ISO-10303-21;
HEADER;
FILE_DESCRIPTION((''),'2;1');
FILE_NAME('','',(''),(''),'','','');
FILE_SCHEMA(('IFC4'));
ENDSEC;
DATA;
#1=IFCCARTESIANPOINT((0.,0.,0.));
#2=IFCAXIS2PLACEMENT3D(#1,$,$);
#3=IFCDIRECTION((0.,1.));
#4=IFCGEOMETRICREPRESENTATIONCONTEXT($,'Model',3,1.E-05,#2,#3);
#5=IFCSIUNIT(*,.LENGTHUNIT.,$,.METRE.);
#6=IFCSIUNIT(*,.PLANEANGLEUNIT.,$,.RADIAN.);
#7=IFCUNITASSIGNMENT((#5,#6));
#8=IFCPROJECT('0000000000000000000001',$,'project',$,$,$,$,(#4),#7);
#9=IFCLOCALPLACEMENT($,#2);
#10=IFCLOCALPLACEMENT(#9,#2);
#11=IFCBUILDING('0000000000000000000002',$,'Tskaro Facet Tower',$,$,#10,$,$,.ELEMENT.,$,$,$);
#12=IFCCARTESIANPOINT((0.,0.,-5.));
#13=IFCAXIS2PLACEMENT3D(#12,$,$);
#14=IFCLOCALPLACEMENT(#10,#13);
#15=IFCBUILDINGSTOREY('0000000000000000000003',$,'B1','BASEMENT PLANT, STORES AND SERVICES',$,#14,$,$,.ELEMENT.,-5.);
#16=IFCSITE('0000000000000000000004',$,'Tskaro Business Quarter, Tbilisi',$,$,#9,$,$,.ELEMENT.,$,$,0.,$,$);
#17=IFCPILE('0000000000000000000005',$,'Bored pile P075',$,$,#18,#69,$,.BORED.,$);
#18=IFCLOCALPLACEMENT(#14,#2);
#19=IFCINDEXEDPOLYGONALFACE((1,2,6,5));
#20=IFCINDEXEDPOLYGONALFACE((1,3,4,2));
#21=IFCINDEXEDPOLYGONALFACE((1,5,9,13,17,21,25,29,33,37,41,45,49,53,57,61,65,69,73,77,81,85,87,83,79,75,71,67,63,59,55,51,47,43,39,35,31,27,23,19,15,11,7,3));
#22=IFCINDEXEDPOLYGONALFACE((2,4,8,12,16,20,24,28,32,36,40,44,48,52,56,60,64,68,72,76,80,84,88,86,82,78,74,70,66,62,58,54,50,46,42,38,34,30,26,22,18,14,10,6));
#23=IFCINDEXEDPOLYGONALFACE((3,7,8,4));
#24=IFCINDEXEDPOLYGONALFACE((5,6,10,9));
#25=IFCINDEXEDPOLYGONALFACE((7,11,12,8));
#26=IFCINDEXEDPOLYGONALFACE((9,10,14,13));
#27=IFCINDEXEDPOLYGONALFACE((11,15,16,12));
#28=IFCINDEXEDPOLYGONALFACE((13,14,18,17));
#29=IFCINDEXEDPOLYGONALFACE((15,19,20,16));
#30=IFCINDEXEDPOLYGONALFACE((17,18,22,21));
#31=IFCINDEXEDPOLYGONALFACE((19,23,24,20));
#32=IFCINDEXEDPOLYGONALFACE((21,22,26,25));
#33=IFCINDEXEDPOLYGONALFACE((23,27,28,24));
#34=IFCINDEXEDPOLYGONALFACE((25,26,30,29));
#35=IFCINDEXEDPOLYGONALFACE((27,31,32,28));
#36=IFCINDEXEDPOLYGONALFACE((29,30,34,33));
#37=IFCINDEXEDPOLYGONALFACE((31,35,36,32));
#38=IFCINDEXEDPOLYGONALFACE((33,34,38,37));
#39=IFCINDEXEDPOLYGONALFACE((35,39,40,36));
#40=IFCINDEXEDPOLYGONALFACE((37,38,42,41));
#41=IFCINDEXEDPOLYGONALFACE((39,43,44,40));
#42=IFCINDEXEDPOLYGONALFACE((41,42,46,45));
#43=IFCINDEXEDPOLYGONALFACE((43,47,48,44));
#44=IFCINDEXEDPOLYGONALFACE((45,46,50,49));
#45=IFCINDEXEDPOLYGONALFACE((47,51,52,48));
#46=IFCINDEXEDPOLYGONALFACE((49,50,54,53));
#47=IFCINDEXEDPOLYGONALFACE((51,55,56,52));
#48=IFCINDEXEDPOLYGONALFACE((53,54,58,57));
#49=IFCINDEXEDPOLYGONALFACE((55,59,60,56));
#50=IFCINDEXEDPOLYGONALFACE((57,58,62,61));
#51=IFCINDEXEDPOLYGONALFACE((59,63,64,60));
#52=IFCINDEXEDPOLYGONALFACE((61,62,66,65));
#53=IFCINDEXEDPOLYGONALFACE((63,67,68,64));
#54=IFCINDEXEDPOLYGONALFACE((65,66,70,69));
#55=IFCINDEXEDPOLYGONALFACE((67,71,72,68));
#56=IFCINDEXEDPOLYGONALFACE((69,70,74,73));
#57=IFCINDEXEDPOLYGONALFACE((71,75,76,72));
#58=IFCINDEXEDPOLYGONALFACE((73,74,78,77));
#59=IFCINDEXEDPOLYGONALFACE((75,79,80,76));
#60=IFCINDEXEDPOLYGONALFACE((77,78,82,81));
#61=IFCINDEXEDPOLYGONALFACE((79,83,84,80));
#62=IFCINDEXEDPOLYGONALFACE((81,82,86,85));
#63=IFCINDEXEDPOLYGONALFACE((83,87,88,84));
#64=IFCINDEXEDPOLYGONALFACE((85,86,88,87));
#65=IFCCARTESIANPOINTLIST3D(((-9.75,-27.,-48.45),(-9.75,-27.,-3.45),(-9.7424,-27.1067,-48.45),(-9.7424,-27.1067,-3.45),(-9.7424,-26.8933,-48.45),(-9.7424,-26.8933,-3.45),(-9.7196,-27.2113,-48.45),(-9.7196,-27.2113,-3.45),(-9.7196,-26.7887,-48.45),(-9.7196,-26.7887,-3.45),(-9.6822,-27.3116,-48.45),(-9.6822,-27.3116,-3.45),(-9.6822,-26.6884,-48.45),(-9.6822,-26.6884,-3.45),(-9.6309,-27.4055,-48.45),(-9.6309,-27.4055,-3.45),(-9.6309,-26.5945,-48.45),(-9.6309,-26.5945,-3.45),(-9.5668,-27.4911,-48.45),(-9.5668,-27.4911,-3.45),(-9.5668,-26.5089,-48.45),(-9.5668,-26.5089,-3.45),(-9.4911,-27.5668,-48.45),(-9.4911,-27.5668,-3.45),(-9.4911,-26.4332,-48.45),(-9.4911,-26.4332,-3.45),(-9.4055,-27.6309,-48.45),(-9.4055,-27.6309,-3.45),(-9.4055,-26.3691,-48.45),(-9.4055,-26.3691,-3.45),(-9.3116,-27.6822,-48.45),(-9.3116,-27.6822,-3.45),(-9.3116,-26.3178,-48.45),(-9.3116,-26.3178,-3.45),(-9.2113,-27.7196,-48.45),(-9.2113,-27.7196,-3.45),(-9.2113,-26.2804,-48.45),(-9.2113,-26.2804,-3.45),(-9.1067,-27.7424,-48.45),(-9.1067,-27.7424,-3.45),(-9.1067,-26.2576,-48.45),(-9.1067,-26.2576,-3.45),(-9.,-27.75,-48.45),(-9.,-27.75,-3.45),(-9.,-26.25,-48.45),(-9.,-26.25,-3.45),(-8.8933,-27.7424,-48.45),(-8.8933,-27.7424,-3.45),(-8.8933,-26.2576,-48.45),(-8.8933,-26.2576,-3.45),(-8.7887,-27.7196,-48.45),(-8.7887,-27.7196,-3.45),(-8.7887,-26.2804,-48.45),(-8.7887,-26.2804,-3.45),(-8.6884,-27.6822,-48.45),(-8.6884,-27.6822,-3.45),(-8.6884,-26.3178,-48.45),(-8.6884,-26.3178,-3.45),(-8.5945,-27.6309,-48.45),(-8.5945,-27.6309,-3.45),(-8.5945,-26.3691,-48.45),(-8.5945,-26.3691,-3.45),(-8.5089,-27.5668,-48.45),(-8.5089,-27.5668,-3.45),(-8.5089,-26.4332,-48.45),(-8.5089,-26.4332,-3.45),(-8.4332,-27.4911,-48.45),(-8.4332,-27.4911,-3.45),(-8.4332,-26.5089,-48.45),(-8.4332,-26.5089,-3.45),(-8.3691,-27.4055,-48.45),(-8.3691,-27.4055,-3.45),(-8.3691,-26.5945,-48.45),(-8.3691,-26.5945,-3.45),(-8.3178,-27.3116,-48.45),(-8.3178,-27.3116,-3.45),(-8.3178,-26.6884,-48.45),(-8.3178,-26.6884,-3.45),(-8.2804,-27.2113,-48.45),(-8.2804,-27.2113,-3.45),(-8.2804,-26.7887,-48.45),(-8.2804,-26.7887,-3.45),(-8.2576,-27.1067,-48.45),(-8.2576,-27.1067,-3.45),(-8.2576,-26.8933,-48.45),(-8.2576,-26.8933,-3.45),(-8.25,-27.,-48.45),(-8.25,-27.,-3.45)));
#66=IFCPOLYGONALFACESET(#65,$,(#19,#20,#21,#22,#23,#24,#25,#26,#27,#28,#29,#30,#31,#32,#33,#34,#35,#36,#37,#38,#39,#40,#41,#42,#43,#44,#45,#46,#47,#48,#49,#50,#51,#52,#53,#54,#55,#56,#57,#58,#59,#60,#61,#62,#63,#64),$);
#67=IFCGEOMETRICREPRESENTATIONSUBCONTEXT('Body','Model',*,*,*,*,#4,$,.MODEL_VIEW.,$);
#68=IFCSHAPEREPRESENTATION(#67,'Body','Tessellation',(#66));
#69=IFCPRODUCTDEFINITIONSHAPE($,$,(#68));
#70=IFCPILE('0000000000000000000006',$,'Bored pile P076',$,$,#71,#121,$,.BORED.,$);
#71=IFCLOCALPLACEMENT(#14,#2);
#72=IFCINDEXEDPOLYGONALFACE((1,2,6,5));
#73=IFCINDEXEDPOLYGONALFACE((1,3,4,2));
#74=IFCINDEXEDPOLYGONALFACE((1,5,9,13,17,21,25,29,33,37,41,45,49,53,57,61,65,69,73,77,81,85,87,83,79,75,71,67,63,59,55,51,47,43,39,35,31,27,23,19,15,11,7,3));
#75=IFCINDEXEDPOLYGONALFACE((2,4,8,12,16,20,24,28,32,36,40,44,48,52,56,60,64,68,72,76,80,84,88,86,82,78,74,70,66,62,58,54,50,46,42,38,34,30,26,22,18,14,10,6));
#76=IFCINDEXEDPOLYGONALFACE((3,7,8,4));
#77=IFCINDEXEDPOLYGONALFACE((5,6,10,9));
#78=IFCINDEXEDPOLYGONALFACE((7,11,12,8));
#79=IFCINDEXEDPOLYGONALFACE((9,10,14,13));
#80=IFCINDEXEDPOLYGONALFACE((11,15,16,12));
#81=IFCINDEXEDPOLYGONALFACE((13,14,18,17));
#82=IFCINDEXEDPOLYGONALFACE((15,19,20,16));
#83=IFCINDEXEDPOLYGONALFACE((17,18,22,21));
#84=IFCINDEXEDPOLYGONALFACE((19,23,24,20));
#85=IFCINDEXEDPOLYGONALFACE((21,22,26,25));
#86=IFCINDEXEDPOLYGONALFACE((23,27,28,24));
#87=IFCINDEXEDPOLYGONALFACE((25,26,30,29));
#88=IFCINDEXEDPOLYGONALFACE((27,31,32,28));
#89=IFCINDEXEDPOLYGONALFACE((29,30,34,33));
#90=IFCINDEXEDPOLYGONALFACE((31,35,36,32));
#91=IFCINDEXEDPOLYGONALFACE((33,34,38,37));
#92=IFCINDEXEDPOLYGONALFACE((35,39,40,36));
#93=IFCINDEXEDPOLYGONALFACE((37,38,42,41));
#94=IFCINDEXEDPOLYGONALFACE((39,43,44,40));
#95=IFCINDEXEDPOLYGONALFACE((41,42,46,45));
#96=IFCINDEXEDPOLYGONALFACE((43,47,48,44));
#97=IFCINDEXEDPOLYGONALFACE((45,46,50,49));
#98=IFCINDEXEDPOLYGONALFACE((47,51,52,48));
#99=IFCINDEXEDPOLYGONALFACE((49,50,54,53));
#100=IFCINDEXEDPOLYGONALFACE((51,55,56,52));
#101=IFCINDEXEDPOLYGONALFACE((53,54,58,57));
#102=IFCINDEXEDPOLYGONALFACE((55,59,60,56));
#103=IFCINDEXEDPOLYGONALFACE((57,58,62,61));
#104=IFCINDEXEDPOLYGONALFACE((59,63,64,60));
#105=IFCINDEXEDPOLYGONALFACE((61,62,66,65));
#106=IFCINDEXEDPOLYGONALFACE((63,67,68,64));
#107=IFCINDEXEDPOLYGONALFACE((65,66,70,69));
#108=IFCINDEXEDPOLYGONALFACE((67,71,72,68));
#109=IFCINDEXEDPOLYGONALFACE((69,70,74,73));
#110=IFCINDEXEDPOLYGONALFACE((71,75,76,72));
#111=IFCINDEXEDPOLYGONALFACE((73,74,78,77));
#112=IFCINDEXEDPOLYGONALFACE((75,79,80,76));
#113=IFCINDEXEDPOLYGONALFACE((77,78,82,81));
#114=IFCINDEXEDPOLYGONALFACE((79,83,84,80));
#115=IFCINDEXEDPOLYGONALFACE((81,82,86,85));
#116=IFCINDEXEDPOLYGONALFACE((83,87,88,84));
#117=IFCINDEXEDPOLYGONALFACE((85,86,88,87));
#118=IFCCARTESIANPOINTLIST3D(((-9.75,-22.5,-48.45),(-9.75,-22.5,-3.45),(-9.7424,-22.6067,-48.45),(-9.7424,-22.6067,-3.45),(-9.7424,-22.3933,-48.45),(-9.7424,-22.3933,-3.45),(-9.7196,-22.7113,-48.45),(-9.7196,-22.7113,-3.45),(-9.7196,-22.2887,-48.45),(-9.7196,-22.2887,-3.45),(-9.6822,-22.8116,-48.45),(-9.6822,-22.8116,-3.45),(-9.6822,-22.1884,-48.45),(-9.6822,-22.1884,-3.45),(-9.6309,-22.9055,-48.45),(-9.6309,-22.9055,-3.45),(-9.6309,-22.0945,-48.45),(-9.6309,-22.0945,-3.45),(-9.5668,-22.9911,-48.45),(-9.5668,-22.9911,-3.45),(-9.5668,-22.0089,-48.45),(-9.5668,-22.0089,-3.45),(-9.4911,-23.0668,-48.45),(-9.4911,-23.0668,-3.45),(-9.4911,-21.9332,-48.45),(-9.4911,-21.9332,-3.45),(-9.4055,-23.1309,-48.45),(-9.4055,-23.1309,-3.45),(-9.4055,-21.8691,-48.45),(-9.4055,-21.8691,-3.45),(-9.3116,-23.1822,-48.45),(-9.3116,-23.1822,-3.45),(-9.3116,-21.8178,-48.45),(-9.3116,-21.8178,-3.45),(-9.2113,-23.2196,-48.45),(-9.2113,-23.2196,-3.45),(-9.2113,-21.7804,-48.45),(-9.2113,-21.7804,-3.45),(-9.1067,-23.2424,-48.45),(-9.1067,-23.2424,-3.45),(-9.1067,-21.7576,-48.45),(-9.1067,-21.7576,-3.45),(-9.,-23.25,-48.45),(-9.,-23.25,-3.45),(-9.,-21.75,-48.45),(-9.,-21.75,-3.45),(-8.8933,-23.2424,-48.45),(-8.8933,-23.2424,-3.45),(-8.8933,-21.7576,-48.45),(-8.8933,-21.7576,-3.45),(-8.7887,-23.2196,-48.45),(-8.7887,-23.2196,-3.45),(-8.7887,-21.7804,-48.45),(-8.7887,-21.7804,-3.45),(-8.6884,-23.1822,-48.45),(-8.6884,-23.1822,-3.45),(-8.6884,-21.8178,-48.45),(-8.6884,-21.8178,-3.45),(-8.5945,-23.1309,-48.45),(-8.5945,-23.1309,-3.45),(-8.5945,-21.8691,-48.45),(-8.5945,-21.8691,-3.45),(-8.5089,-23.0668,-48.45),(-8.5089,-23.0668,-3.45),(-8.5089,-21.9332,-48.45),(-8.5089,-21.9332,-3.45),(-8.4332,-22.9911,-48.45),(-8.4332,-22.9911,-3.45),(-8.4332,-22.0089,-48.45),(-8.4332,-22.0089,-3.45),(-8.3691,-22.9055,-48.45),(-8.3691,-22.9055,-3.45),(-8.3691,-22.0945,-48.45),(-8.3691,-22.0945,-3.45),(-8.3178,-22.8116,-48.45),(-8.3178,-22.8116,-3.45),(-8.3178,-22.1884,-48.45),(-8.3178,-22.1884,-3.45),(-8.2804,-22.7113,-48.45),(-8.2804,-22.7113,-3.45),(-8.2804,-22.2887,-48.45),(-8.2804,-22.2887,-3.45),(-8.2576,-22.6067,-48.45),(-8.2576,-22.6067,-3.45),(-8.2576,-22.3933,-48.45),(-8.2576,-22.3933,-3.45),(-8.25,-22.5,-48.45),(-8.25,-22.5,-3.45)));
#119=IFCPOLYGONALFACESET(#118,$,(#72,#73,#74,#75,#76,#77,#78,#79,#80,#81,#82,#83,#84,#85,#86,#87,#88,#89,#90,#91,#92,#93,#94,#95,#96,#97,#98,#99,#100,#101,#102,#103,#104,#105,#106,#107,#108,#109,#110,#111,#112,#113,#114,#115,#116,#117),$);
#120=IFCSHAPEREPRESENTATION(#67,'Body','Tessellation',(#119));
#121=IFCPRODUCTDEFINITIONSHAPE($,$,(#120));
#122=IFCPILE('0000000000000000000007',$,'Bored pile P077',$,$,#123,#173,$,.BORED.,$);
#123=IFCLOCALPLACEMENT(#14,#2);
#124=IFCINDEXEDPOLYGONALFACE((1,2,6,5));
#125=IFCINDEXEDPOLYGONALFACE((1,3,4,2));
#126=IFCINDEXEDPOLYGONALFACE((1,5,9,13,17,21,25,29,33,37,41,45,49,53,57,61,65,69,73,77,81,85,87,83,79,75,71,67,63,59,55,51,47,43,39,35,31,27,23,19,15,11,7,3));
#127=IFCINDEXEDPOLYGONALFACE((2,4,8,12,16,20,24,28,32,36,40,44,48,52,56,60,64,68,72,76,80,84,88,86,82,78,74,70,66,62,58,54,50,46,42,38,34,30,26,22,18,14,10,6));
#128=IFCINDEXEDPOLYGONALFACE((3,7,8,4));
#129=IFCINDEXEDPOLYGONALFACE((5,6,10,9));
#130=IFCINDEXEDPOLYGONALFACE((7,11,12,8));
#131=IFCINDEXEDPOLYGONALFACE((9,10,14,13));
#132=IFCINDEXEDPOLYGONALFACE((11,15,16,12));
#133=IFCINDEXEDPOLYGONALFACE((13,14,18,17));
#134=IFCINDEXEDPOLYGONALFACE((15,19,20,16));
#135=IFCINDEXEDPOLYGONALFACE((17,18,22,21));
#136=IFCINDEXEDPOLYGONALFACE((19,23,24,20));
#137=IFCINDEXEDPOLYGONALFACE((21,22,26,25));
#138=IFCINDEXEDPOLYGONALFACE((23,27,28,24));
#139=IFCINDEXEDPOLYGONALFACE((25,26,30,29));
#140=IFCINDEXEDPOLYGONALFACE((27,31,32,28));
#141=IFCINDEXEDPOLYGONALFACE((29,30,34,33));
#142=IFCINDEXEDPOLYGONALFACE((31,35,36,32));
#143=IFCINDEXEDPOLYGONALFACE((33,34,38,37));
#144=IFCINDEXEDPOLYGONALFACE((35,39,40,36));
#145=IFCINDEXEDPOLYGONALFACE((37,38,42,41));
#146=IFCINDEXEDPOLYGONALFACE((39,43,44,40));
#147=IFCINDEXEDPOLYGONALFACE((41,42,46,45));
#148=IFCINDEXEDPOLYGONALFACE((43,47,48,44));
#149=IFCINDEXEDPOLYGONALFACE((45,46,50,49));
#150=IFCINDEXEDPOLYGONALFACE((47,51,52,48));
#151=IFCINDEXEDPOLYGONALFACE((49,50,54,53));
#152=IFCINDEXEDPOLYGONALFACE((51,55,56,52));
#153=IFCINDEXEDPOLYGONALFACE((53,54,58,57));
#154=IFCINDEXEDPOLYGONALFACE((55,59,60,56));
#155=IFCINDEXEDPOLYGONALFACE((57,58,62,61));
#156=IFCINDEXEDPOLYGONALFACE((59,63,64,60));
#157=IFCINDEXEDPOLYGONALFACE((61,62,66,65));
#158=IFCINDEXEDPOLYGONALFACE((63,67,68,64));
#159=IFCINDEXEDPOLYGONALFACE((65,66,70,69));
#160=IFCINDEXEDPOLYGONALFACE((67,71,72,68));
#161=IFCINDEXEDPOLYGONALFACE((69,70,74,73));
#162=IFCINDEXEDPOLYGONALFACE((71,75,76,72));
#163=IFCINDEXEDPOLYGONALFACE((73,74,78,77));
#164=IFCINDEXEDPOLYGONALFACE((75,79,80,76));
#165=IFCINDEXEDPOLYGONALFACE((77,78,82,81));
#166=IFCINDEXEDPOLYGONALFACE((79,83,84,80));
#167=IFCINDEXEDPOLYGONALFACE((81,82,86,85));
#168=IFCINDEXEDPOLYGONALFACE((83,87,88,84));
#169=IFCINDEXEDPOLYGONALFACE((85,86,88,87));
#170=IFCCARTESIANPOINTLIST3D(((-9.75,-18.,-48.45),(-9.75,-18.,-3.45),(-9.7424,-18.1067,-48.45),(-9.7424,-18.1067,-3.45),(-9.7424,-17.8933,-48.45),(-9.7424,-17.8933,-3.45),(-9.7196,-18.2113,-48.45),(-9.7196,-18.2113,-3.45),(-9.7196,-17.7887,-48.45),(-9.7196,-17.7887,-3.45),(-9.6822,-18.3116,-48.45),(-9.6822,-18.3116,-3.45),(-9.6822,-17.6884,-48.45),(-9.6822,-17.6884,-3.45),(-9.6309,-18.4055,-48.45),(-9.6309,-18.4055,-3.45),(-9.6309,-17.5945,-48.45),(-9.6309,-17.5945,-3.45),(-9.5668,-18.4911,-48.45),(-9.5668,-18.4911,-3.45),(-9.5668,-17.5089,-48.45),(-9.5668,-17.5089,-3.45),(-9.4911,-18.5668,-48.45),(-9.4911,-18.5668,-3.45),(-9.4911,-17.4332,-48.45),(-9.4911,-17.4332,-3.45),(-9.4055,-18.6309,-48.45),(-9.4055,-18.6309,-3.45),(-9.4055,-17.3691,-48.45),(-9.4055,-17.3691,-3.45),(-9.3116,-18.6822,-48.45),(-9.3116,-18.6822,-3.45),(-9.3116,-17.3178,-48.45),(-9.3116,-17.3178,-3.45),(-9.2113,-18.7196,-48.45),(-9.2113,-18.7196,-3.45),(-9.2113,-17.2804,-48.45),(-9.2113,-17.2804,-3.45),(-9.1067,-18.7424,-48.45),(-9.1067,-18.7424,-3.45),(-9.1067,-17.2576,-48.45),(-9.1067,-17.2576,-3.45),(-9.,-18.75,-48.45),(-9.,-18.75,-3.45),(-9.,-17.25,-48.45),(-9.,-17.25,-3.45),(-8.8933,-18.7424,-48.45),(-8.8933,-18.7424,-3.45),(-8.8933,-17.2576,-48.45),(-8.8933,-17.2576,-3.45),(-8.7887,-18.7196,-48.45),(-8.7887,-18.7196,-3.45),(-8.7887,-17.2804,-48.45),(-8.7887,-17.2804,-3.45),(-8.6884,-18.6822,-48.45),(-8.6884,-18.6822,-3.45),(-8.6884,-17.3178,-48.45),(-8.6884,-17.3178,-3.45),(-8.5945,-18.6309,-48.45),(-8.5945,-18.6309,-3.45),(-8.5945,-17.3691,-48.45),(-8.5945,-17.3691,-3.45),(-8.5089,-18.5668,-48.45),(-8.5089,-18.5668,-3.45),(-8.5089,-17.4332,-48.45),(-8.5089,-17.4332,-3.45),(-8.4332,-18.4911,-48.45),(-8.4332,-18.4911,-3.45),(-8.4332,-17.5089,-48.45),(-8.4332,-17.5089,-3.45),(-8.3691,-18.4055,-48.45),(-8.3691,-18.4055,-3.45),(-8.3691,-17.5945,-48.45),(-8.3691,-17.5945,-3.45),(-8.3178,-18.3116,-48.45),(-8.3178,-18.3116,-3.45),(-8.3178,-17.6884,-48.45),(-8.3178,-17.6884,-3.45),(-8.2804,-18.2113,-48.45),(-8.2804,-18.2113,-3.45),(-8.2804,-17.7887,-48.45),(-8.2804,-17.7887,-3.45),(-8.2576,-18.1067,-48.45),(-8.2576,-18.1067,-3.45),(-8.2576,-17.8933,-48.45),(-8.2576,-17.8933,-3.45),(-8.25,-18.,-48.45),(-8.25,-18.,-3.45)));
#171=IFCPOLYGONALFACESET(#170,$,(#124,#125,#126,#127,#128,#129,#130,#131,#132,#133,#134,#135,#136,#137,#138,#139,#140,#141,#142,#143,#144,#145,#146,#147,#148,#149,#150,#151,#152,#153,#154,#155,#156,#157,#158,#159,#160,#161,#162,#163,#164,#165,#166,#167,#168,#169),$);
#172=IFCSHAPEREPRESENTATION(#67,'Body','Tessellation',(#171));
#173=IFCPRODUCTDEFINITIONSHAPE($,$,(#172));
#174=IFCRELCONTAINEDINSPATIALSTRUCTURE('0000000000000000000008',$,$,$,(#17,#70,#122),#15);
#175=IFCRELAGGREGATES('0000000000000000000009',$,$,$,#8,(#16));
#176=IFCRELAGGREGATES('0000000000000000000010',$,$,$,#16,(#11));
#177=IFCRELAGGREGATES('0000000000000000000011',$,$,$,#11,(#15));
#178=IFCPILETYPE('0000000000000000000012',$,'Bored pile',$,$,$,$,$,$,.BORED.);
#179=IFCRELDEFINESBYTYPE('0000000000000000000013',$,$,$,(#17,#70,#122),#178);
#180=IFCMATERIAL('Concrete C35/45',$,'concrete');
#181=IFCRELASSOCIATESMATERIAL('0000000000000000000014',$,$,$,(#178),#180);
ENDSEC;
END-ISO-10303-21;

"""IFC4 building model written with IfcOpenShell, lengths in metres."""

from ifc_helpers import new_model, si_unit, direction, frame, origin, origin_2d, place, context, subcontext, project, spatial, circle, extrude, material, material_profile, profile_set, type_object, element, save


model = new_model("IFC4")

# Units and contexts
model_context = context("Model", 3, precision=1e-05, world=origin(), true_north=direction((0.0, 1.0)))
body_context = subcontext(model_context, "Body", "Model", "MODEL_VIEW")
ifc_project = project(units=[si_unit("LENGTHUNIT", "METRE"), si_unit("PLANEANGLEUNIT", "RADIAN")], contexts=[model_context])

# Site, building, storey
site_placement = place(None, origin())
site = spatial("IfcSite", under=ifc_project, at=site_placement, Name="Tskaro Business Quarter, Tbilisi", CompositionType="ELEMENT", RefElevation=0.0)
building_placement = place(site_placement, origin())
building = spatial("IfcBuilding", under=site, at=building_placement, Name="Tskaro Facet Tower", CompositionType="ELEMENT")
storey_placement = place(building_placement, frame((0.0, 0.0, -5.0)))
storey = spatial("IfcBuildingStorey", under=building, at=storey_placement, Name="B1", Description="BASEMENT PLANT, STORES AND SERVICES", CompositionType="ELEMENT", Elevation=-5.0)

# Piles
ifc_material_1 = material(Name="Concrete C35/45", Category="concrete")
ifc_material_profile_1 = material_profile(ifc_material_1, circle(Radius=0.75, at=origin_2d()), Name="Bored pile")
ifc_profile_set_1 = profile_set([ifc_material_profile_1], Name="Concrete C35/45")
pile_type = type_object("IfcPileType", Name="Bored pile", PredefinedType="BORED", material=ifc_profile_set_1)
for number, where, z_axis, x_axis, name in (
    (1, (-9.0, -27.0, -3.45), (0.0, 0.0, -1.0), (1.0, 0.0, 0.0), "Bored pile P075"),
    (2, (-9.0, -22.5, -3.45), (0.0, 0.0, -1.0), (1.0, 0.0, 0.0), "Bored pile P076"),
    (3, (-9.0, -18.0, -3.45), (0.0, 0.0, -1.0), (1.0, 0.0, 0.0), "Bored pile P077"),
):
    element("IfcPile", number, at=place(storey_placement, frame(where, z_axis=z_axis, x_axis=x_axis)), inside=storey, type_object=pile_type, Name=name, PredefinedType="BORED", context=body_context, shape_type="SweptSolid", body=[
        extrude(circle(Radius=0.75, at=origin_2d()), origin(), (0.0, 0.0, 1.0), 45.0),
    ])

save(model, "model.ifc")
